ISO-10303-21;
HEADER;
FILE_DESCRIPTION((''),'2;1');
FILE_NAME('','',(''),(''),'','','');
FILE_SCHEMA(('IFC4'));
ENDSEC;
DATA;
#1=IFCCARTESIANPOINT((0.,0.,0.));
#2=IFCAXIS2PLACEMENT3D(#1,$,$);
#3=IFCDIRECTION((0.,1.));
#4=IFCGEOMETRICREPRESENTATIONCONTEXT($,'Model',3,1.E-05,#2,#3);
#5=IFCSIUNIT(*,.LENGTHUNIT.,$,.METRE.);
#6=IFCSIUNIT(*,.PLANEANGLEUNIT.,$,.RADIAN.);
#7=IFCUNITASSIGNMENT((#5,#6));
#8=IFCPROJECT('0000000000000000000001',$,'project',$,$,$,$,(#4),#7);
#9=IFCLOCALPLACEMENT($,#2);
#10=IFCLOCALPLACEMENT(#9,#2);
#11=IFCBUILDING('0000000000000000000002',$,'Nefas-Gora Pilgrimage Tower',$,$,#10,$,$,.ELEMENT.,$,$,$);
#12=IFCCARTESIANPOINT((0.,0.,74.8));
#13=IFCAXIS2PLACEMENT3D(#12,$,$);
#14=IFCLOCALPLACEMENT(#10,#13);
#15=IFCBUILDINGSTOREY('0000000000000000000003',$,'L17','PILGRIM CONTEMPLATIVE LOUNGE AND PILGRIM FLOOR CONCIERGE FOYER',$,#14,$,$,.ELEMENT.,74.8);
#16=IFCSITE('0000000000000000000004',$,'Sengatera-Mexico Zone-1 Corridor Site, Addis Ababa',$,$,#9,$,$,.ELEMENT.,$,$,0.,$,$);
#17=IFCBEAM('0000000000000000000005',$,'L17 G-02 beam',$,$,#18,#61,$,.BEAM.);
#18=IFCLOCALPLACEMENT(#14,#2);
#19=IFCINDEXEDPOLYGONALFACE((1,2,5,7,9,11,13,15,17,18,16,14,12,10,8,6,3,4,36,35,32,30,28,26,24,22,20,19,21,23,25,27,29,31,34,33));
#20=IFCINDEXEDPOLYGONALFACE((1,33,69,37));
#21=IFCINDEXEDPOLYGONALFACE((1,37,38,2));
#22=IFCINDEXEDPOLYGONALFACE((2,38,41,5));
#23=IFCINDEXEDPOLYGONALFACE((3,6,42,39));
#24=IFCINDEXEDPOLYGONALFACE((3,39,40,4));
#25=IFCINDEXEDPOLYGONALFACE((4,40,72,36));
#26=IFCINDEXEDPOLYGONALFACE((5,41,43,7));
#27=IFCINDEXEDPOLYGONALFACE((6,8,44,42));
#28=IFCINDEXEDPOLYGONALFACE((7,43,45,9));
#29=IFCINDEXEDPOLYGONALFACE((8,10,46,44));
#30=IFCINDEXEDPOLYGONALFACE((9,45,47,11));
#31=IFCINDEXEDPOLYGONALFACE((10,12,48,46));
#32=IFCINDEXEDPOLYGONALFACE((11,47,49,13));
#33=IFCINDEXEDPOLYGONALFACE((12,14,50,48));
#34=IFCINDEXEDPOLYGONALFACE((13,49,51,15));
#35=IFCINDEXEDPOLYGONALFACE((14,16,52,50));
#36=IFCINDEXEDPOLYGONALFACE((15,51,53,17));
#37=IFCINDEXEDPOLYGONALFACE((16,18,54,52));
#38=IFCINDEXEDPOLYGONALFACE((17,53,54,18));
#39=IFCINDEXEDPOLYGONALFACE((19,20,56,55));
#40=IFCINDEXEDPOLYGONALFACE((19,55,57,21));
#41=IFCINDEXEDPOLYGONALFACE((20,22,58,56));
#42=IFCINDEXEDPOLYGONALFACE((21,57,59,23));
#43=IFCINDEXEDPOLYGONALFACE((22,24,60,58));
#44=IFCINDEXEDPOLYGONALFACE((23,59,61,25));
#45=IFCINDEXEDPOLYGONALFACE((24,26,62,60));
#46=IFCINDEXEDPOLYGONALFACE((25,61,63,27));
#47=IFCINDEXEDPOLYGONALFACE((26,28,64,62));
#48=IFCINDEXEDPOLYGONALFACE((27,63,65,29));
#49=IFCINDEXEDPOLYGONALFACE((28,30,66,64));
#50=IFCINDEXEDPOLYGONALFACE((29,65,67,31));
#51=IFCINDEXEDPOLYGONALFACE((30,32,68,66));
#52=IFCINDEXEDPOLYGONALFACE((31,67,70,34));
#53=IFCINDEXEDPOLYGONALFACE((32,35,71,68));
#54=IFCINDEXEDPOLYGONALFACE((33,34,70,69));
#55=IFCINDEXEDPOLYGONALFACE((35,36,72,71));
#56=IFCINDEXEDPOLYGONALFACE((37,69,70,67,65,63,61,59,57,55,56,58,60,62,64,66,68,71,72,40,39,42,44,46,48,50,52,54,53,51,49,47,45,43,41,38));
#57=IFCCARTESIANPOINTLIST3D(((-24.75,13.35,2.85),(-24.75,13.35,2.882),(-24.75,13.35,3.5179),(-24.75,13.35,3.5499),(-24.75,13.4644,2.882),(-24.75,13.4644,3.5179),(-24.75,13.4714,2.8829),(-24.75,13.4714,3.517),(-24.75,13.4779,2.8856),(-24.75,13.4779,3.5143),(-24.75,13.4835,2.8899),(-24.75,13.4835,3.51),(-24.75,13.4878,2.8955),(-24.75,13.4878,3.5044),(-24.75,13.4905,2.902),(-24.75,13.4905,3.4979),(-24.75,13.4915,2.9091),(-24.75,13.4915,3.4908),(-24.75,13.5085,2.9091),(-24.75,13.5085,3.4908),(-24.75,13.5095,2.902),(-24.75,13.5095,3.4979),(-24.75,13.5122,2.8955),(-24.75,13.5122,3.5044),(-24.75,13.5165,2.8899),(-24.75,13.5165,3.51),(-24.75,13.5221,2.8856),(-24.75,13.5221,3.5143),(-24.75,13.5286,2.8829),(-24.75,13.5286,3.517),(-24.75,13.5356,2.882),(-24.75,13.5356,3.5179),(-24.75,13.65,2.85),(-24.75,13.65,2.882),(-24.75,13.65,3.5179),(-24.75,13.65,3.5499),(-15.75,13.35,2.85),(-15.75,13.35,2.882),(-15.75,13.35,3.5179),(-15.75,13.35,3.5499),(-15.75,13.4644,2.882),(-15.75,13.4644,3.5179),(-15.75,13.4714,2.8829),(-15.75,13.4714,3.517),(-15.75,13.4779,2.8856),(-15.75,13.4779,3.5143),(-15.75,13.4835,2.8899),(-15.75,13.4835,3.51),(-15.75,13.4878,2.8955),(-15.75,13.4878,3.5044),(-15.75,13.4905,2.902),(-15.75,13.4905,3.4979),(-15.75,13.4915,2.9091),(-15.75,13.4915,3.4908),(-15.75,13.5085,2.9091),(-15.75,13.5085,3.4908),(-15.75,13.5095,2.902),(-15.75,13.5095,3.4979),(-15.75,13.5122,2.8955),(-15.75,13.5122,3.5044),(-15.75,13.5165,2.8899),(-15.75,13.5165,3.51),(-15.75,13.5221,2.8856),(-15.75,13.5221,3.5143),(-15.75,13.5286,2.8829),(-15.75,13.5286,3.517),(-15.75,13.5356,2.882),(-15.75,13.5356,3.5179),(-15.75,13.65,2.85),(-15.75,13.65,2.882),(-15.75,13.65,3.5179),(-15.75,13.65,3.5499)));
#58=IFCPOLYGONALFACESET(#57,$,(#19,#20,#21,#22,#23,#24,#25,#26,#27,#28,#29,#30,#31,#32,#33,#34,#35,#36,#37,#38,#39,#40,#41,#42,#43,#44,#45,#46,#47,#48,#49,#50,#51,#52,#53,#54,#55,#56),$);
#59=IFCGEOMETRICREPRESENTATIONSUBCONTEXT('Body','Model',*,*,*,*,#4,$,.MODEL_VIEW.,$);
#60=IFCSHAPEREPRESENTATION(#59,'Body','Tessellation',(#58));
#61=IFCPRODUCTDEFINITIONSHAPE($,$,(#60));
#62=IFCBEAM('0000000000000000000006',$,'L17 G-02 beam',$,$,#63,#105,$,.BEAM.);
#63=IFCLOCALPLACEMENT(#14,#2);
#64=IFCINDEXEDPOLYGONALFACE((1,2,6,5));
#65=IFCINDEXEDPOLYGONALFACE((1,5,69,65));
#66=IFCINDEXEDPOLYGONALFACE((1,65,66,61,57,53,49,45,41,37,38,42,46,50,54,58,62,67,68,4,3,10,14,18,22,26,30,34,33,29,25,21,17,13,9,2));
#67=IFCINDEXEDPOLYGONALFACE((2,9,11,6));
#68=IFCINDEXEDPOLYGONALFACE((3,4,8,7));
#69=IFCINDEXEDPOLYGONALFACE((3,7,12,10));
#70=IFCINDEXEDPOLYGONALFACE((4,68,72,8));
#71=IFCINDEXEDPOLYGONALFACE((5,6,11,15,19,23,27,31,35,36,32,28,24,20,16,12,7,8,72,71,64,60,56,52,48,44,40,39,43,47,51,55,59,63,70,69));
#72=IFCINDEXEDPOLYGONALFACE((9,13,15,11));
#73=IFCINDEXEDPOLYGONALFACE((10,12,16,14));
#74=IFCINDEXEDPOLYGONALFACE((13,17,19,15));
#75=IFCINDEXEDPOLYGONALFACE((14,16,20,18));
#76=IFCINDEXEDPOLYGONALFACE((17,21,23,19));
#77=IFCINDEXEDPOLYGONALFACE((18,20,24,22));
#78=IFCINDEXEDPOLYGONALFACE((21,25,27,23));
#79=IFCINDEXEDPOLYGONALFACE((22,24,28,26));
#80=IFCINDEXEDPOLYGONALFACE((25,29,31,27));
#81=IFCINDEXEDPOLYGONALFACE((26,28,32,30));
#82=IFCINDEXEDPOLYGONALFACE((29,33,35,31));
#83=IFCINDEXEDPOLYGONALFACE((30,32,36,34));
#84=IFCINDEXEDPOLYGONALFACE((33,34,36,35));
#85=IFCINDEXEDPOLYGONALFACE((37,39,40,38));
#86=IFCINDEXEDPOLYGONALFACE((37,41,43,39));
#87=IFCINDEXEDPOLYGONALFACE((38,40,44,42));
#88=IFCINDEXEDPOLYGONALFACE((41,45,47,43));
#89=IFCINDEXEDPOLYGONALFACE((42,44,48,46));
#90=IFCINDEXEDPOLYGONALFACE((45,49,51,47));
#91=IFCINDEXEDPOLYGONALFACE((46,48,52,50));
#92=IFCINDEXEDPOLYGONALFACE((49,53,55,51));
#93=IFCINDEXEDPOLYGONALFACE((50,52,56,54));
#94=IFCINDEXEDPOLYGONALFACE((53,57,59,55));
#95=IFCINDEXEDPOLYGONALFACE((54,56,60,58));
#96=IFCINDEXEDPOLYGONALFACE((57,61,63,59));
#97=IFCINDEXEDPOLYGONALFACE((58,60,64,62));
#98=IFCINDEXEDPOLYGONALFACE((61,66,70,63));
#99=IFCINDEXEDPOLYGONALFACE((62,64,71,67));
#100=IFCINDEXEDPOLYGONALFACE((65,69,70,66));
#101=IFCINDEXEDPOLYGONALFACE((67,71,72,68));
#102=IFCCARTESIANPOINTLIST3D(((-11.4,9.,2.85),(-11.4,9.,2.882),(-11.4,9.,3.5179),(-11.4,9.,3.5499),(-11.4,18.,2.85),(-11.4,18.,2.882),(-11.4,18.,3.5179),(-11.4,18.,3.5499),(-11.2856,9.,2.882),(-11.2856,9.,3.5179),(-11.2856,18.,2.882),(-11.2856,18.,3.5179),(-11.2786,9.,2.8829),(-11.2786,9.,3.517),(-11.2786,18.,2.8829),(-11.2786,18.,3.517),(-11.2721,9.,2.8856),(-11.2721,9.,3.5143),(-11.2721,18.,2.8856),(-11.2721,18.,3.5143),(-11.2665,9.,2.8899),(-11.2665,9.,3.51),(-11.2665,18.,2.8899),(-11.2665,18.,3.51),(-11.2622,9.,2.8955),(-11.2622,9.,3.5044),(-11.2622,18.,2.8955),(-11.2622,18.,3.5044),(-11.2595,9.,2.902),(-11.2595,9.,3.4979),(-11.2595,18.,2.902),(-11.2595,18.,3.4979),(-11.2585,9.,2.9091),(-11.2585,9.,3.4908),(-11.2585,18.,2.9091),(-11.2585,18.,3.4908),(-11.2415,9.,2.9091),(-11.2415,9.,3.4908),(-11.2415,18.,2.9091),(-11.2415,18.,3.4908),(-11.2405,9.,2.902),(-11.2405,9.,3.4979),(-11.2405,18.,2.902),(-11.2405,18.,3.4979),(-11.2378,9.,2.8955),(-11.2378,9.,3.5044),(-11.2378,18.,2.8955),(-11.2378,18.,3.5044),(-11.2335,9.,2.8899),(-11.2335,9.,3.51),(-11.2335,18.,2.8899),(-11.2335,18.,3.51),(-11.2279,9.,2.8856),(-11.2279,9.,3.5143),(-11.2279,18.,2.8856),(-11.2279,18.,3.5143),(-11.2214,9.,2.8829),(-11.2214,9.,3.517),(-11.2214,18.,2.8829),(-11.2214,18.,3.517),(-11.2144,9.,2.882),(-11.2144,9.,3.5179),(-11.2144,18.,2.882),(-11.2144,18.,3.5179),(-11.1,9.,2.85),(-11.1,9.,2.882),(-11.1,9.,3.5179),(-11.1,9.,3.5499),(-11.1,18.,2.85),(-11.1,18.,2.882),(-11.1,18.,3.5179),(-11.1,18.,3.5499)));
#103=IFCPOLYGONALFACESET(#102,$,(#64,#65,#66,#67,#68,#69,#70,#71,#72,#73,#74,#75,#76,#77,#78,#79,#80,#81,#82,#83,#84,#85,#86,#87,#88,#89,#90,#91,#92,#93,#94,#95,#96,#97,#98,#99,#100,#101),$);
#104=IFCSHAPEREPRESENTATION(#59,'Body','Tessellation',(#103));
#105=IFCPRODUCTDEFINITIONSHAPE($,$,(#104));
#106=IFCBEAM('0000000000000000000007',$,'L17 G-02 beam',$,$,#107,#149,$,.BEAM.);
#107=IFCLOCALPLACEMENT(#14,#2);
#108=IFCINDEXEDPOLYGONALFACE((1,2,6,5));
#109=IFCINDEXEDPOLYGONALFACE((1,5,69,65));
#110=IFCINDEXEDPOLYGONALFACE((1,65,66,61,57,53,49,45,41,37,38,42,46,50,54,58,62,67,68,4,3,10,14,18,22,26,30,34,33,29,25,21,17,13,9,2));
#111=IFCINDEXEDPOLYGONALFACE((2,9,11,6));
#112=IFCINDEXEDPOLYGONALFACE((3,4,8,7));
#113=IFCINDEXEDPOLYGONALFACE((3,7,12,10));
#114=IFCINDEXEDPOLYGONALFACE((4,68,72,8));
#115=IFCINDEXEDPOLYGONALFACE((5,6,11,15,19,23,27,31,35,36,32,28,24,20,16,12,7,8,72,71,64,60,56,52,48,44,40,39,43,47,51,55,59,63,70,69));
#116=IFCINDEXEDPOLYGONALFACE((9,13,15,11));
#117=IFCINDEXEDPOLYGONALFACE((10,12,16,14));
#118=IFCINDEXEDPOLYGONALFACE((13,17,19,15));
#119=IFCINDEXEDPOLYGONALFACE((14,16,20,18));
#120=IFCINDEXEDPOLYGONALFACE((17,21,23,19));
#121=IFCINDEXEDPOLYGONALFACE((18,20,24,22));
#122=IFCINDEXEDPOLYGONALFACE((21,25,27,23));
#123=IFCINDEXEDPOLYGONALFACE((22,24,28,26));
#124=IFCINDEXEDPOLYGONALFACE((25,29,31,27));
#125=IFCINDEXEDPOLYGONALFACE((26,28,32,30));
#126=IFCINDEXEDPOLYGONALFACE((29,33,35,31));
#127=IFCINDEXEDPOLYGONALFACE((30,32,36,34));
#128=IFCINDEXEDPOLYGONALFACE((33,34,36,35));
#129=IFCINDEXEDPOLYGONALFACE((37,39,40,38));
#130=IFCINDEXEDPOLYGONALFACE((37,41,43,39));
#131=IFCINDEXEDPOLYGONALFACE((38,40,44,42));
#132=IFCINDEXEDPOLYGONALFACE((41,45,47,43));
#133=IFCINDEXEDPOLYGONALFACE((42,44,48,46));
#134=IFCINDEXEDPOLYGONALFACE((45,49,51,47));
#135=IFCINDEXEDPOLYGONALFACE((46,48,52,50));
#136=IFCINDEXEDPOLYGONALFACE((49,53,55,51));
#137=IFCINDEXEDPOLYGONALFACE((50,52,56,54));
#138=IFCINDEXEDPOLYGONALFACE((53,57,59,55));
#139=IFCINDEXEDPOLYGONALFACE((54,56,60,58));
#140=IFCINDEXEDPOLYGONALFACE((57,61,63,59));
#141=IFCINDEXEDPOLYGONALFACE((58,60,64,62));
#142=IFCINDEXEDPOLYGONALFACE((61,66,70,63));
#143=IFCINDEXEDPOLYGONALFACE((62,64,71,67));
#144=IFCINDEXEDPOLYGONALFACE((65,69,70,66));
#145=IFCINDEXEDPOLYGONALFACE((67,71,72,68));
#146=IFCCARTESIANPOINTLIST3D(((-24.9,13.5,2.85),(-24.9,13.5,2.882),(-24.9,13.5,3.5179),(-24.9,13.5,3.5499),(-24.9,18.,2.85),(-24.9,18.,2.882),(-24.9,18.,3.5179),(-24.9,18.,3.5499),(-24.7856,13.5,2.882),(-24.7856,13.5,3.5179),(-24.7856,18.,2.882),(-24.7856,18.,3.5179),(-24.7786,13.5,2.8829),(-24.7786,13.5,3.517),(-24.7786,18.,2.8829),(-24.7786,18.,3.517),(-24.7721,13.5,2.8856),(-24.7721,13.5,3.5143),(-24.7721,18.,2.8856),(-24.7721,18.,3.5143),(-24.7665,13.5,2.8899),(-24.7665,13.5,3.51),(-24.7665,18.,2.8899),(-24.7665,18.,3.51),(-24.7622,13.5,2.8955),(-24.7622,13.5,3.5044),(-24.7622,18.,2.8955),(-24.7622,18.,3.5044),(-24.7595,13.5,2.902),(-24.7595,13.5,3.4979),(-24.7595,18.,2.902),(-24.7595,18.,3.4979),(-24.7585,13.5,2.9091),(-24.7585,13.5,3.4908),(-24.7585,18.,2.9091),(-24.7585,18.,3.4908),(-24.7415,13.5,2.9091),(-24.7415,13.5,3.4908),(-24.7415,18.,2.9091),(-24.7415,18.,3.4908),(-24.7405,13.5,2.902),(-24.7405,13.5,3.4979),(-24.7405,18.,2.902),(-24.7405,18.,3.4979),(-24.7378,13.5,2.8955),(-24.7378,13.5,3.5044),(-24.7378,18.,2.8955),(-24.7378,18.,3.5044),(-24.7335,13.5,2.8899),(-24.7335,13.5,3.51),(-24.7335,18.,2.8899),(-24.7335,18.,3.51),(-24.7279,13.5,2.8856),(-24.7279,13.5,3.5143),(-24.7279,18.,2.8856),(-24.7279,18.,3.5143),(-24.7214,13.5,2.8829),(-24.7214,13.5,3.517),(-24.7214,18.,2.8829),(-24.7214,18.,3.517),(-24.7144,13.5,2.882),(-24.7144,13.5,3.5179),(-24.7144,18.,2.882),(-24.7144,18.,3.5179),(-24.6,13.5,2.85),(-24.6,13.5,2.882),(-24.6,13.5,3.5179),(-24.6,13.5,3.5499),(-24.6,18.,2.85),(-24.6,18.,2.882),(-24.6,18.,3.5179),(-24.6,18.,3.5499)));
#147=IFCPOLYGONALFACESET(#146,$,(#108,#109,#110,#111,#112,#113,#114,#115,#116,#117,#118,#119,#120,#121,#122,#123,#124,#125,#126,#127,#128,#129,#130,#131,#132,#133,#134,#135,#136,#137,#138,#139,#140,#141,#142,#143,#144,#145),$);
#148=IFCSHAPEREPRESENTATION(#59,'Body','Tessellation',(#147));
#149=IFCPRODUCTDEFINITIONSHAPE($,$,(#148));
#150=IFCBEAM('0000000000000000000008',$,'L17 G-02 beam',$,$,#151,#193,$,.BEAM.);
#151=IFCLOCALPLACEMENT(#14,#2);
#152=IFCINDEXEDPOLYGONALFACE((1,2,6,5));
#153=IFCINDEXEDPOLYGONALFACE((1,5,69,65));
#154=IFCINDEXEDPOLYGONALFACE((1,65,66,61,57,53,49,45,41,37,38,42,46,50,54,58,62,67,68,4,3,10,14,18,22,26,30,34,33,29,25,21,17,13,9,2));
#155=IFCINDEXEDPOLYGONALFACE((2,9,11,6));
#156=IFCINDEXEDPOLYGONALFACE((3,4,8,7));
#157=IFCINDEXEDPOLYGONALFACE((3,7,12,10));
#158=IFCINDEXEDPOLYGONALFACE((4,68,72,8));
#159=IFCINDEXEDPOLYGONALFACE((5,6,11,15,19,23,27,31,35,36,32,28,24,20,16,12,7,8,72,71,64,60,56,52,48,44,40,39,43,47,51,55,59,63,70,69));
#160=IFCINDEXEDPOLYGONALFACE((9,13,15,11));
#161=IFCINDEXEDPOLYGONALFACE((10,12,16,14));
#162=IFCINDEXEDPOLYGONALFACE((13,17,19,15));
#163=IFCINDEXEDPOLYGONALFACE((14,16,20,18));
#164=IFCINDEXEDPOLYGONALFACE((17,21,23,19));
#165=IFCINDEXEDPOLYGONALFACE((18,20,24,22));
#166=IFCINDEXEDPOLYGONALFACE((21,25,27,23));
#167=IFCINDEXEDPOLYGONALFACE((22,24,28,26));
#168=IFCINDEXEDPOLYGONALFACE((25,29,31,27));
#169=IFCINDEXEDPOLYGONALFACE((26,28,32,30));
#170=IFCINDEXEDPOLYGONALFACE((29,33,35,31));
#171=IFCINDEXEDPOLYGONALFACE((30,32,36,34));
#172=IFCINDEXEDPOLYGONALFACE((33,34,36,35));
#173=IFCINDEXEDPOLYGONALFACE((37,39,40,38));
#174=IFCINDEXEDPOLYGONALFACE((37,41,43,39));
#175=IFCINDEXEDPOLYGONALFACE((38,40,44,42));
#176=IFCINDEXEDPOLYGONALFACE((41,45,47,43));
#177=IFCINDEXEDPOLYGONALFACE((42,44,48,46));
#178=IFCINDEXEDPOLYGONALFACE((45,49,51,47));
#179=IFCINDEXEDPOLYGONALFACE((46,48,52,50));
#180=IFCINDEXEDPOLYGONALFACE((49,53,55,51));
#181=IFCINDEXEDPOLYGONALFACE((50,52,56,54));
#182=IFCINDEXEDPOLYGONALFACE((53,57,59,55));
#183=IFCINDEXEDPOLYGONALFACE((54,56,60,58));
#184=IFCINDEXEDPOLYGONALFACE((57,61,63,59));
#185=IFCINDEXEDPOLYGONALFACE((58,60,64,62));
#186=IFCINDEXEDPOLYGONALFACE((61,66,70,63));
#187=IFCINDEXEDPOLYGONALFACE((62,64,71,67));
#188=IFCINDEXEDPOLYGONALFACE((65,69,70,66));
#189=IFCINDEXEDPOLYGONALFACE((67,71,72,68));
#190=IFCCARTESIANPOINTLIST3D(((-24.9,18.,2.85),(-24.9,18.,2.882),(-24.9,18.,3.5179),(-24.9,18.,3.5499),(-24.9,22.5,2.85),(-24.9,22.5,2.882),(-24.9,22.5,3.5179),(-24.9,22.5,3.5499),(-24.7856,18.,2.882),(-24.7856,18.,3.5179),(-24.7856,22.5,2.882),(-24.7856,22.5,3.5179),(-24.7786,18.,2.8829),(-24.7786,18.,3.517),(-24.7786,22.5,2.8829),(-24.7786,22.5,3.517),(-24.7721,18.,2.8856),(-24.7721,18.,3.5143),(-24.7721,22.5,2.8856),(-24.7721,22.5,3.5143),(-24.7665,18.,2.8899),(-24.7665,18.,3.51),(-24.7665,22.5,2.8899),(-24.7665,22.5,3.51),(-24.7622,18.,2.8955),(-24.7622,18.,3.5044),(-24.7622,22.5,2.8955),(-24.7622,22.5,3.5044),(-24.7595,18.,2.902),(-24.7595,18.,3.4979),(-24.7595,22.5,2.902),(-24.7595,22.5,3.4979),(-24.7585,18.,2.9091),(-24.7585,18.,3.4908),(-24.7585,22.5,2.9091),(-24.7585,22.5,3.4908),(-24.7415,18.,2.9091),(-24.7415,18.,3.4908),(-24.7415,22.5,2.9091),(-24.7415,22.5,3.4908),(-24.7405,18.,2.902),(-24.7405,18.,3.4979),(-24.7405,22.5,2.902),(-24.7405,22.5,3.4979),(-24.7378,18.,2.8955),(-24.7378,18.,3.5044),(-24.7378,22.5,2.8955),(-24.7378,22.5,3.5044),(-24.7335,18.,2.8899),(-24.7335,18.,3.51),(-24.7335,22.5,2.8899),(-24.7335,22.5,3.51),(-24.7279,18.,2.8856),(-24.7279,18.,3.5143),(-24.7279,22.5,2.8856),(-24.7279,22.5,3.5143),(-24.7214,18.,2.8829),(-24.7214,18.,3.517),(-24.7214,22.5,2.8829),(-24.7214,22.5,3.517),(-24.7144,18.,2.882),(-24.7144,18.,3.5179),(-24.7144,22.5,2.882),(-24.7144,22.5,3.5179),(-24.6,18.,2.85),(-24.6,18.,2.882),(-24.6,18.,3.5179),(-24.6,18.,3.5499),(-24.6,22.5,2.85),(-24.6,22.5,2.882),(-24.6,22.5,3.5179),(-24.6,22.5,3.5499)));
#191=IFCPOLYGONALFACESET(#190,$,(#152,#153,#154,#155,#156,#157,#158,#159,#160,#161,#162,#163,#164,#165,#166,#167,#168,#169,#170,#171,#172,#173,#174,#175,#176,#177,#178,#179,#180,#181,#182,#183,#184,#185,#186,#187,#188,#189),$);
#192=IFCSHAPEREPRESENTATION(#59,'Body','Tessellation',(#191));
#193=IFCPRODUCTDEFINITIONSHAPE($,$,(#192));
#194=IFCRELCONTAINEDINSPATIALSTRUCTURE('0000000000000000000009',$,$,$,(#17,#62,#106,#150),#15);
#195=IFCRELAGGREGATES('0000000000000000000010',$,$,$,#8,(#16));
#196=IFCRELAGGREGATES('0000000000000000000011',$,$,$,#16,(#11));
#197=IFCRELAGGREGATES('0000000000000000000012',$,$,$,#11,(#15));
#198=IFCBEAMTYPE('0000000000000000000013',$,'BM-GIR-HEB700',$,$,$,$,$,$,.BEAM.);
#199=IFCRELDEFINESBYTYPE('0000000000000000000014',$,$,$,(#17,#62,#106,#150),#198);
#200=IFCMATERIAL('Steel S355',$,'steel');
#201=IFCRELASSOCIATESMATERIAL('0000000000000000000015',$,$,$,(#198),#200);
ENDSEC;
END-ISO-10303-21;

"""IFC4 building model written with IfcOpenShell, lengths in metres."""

from ifc_helpers import new_model, si_unit, direction, frame, origin, origin_2d, place, context, subcontext, project, spatial, i_section, extrude, source, transform, mapped, material, material_profile, profile_set, type_object, element, save


model = new_model("IFC4")

# Units and contexts
model_context = context("Model", 3, precision=1e-05, world=origin(), true_north=direction((0.0, 1.0)))
body_context = subcontext(model_context, "Body", "Model", "MODEL_VIEW")
ifc_project = project(units=[si_unit("LENGTHUNIT", "METRE"), si_unit("PLANEANGLEUNIT", "RADIAN")], contexts=[model_context])

# Site, building, storey
site_placement = place(None, origin())
site = spatial("IfcSite", under=ifc_project, at=site_placement, Name="Sengatera-Mexico Zone-1 Corridor Site, Addis Ababa", CompositionType="ELEMENT", RefElevation=0.0)
building_placement = place(site_placement, origin())
building = spatial("IfcBuilding", under=site, at=building_placement, Name="Nefas-Gora Pilgrimage Tower", CompositionType="ELEMENT")
storey_placement = place(building_placement, frame((0.0, 0.0, 74.8)))
storey = spatial("IfcBuildingStorey", under=building, at=storey_placement, Name="L17", Description="PILGRIM CONTEMPLATIVE LOUNGE AND PILGRIM FLOOR CONCIERGE FOYER", CompositionType="ELEMENT", Elevation=74.8)

# Beams
ifc_material_1 = material(Name="Steel S355", Category="steel")
ifc_material_profile_1 = material_profile(ifc_material_1, i_section(OverallWidth=0.3, OverallDepth=0.7, WebThickness=0.0171, FlangeThickness=0.032, FilletRadius=0.0271, at=origin_2d()), Name="HEB 700")
ifc_profile_set_1 = profile_set([ifc_material_profile_1], Name="Steel S355")
beam_type_1 = type_object("IfcBeamType", Name="BM-GIR-HEB700", PredefinedType="BEAM", material=ifc_profile_set_1)
shared_shape_1 = source(origin(), body_context, "Body", "SweptSolid", [
    extrude(i_section(OverallWidth=0.3, OverallDepth=0.7, WebThickness=0.0171, FlangeThickness=0.032, FilletRadius=0.0271, at=origin_2d()), origin(), (0.0, 0.0, 1.0), 9.0),
])
for number, where, z_axis, x_axis, name in (
    (1, (-24.75, 13.5, 3.2), (1.0, 0.0, 0.0), (0.0, 1.0, 0.0), "L17 G-02 beam"),
    (2, (-11.25, 9.0, 3.2), (0.0, 1.0, 0.0), (-1.0, 0.0, 0.0), "L17 G-02 beam"),
):
    element("IfcBeam", number, at=place(storey_placement, frame(where, z_axis=z_axis, x_axis=x_axis)), inside=storey, type_object=beam_type_1, Name=name, PredefinedType="BEAM", context=body_context, shape_type="MappedRepresentation", body=[
        mapped(shared_shape_1, transform((0.0, 0.0, 0.0), x_axis=(1.0, 0.0, 0.0), y_axis=(0.0, 1.0, 0.0), z_axis=(0.0, 0.0, 1.0), scale=1.0)),
    ])
shared_shape_2 = source(origin(), body_context, "Body", "SweptSolid", [
    extrude(i_section(OverallWidth=0.3, OverallDepth=0.7, WebThickness=0.0171, FlangeThickness=0.032, FilletRadius=0.0271, at=origin_2d()), origin(), (0.0, 0.0, 1.0), 4.5),
])
for number, where, z_axis, x_axis, name in (
    (3, (-24.75, 13.5, 3.2), (0.0, 1.0, 0.0), (-1.0, 0.0, 0.0), "L17 G-02 beam"),
    (4, (-24.75, 18.0, 3.2), (0.0, 1.0, 0.0), (-1.0, 0.0, 0.0), "L17 G-02 beam"),
):
    element("IfcBeam", number, at=place(storey_placement, frame(where, z_axis=z_axis, x_axis=x_axis)), inside=storey, type_object=beam_type_1, Name=name, PredefinedType="BEAM", context=body_context, shape_type="MappedRepresentation", body=[
        mapped(shared_shape_2, transform((0.0, 0.0, 0.0), x_axis=(1.0, 0.0, 0.0), y_axis=(0.0, 1.0, 0.0), z_axis=(0.0, 0.0, 1.0), scale=1.0)),
    ])

save(model, "model.ifc")
